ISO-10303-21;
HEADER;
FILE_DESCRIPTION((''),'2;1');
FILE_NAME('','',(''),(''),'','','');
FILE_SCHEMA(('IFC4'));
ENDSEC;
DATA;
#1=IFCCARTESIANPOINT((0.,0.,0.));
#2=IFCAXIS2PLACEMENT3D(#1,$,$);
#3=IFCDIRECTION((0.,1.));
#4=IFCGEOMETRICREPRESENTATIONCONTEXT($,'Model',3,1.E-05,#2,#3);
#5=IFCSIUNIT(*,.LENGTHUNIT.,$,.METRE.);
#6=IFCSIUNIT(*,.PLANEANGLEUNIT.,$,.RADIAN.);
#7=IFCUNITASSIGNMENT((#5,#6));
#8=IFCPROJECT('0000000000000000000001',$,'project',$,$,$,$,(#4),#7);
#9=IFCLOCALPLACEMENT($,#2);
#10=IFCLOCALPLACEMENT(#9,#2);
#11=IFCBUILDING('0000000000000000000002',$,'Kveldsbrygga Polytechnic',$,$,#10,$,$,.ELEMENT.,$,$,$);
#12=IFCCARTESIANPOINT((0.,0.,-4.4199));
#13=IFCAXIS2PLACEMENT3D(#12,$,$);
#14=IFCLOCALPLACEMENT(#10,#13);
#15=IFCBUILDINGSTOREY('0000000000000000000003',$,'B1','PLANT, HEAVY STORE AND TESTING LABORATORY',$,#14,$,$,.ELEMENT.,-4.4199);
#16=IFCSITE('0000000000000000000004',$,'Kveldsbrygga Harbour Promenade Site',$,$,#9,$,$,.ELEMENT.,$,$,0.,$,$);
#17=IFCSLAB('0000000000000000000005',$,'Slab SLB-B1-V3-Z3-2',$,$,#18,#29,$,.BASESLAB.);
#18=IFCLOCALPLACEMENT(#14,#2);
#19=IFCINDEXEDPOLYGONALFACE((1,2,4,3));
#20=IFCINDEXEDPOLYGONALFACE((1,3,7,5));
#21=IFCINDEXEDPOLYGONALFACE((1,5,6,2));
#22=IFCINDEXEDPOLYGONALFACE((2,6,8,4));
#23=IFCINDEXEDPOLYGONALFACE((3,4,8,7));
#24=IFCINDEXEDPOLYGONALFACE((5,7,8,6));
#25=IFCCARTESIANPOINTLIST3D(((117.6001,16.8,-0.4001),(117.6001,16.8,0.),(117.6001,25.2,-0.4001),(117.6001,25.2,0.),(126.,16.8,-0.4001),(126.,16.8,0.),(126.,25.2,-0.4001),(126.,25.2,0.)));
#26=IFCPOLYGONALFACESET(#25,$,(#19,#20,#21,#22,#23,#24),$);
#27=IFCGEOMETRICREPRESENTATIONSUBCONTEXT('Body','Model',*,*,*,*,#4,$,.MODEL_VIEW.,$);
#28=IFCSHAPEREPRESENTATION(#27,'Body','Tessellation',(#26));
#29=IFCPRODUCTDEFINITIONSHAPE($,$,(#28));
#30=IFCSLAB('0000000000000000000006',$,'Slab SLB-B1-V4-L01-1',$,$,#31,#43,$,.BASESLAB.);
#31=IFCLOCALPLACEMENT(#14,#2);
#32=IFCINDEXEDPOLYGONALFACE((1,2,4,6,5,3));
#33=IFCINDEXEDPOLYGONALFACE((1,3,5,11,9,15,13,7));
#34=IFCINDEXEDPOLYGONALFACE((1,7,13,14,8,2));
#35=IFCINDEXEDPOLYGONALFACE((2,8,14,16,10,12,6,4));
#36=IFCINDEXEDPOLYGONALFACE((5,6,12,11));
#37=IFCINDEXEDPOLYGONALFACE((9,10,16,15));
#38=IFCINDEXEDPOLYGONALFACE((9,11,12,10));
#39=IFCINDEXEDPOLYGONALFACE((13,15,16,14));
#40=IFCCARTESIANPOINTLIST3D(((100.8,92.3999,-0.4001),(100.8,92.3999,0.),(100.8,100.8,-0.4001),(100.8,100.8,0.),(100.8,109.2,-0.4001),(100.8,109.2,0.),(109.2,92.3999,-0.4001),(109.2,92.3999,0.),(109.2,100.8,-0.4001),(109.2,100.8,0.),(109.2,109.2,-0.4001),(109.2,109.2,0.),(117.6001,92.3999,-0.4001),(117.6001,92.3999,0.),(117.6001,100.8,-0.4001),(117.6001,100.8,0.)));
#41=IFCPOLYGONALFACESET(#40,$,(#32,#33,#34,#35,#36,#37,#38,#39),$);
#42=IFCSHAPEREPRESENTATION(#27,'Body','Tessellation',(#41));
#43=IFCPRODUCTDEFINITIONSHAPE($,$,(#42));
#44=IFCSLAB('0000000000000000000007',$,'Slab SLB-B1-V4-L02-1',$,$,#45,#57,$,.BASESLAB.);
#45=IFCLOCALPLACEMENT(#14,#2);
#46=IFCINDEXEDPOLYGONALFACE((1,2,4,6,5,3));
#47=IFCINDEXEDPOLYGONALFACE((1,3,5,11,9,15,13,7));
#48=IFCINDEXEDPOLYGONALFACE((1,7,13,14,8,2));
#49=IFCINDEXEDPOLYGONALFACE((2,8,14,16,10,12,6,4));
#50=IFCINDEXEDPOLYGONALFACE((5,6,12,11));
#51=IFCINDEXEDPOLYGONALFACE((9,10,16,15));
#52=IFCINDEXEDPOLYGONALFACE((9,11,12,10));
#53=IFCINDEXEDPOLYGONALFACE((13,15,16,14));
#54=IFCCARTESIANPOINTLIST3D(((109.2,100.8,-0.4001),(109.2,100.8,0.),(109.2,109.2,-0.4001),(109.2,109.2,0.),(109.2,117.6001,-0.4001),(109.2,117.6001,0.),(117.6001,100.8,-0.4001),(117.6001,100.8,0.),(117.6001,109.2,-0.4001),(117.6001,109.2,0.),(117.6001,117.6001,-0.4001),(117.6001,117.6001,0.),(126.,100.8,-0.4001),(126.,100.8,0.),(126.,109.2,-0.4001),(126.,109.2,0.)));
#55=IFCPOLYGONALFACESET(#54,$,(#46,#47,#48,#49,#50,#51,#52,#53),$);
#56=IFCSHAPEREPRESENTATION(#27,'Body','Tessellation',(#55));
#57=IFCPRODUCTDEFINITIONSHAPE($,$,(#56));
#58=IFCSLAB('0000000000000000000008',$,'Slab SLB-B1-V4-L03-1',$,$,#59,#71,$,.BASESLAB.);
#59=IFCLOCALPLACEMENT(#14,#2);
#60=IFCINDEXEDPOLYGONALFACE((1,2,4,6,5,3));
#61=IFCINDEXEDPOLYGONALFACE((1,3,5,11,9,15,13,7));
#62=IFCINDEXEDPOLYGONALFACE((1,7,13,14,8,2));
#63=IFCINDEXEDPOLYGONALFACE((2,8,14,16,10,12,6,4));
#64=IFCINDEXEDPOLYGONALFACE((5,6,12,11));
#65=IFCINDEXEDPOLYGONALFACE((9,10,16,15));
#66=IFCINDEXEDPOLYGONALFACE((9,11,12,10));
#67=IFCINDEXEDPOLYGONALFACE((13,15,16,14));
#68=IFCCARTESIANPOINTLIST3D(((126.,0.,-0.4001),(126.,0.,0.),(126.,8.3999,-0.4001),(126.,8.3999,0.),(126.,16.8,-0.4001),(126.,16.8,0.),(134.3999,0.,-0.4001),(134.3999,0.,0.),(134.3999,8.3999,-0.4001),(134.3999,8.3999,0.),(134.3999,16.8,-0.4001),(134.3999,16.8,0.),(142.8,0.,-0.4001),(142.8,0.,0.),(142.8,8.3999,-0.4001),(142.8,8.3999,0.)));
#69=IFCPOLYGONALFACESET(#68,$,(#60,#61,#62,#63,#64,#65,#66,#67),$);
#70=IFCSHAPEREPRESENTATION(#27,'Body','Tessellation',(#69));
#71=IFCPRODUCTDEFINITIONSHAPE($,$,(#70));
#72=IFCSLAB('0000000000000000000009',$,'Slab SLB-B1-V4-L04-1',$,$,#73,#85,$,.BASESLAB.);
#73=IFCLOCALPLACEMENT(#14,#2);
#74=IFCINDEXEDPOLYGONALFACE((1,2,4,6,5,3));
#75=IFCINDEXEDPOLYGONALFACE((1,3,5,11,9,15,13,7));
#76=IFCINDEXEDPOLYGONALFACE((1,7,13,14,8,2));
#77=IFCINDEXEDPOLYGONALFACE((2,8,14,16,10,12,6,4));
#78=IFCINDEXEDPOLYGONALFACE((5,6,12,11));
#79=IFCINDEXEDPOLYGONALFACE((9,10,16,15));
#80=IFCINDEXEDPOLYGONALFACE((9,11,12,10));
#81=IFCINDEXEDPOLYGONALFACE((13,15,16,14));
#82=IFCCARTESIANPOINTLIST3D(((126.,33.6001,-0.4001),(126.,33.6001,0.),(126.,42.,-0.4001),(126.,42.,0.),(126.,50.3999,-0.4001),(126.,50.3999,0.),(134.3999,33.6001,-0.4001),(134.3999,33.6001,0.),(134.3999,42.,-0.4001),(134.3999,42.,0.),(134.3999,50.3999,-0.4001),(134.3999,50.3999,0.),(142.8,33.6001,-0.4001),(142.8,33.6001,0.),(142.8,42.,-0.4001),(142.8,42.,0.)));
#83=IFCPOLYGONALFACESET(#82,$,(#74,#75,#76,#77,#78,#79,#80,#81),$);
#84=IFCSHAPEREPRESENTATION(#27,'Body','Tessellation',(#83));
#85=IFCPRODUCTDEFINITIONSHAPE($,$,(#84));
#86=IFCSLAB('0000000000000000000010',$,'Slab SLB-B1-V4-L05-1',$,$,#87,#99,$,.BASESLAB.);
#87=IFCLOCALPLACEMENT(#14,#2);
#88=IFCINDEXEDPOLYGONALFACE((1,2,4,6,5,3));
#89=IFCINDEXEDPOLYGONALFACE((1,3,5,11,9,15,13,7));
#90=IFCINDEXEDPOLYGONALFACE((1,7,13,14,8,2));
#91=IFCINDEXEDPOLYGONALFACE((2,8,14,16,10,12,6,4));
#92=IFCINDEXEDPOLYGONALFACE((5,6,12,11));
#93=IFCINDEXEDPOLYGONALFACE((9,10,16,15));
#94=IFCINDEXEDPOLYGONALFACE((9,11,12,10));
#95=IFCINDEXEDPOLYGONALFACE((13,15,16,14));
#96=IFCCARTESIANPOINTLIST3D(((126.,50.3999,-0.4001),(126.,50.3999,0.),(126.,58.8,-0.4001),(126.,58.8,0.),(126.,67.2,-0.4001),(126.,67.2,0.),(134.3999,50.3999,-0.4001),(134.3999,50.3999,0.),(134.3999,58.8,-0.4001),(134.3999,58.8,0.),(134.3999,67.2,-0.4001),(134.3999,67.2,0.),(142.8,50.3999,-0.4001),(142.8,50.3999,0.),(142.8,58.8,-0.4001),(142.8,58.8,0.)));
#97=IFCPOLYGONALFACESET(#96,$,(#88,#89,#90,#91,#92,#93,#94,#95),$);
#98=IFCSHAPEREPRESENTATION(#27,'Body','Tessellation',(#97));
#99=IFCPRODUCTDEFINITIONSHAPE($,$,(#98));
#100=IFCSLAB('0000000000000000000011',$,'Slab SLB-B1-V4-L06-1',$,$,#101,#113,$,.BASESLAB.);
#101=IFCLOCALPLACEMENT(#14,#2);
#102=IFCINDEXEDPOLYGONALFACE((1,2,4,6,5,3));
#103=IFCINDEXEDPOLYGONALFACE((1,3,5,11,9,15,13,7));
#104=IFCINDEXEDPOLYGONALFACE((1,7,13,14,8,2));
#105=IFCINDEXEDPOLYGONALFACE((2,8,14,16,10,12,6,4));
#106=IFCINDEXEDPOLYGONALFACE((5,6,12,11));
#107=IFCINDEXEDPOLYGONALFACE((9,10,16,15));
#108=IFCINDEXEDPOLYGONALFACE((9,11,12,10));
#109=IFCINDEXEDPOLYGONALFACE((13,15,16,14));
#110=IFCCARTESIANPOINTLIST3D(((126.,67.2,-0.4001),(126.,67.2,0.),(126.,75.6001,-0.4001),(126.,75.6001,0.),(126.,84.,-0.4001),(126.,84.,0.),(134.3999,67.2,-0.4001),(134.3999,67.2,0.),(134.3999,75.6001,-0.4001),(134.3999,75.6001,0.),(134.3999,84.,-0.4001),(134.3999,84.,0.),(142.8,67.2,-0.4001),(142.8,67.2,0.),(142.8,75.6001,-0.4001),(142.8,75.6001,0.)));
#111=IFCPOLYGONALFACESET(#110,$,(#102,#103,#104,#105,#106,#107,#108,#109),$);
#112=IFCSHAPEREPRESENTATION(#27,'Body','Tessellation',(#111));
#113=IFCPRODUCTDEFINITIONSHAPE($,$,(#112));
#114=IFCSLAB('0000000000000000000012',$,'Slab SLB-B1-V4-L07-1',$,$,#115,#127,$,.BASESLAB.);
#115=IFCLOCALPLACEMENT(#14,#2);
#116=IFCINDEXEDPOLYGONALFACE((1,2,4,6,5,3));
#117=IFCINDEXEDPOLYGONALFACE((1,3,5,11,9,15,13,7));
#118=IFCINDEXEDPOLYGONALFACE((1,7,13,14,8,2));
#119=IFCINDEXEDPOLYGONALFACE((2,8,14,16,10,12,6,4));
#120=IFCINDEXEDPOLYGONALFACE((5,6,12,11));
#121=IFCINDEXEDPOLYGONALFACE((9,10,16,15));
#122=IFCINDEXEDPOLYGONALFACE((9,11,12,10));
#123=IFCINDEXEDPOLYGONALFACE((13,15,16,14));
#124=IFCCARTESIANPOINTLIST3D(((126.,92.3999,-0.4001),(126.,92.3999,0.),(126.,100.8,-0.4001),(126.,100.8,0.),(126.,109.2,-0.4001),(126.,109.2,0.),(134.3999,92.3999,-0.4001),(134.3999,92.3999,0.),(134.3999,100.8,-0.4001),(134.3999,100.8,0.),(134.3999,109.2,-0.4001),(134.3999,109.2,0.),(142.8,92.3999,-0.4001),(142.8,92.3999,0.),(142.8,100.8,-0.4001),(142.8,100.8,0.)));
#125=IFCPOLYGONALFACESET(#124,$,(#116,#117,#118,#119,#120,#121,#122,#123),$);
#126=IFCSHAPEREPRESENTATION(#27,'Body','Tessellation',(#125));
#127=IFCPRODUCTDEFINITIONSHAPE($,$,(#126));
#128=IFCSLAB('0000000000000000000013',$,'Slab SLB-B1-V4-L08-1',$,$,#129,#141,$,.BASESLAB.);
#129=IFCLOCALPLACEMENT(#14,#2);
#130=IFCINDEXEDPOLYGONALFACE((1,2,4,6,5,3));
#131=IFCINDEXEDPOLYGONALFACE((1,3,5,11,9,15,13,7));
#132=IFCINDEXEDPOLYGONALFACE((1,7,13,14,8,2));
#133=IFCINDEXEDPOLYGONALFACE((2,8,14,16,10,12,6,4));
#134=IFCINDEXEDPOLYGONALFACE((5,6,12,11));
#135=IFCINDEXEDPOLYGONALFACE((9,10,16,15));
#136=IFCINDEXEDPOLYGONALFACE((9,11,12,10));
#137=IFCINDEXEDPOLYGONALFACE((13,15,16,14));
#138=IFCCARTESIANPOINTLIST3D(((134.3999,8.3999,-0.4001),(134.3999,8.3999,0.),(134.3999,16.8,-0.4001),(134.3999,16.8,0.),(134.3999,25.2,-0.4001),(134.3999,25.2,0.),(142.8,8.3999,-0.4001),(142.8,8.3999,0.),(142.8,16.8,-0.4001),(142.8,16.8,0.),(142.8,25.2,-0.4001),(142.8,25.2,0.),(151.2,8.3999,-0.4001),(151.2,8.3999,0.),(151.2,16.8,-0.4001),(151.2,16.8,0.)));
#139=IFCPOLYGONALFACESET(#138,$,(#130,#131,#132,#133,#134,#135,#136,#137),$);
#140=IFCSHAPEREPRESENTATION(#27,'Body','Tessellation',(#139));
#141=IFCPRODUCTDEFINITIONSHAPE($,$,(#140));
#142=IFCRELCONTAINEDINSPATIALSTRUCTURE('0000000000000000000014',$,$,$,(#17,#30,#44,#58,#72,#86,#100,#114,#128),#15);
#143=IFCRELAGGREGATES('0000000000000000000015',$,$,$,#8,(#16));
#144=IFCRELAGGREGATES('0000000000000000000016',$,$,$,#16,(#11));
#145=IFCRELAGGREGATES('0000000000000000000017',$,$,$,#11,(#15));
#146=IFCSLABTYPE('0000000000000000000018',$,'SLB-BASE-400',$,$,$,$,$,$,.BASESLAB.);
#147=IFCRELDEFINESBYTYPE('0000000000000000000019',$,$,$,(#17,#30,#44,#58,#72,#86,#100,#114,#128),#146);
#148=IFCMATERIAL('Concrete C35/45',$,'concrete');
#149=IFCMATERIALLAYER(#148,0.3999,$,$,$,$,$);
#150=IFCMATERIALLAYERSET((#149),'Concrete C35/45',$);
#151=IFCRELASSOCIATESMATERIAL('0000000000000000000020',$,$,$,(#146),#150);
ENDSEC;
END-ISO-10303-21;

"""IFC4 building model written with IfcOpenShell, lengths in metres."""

from ifc_helpers import new_model, si_unit, direction, frame, origin, place, context, subcontext, project, spatial, polyline, outline, extrude, material, layer, layer_set, type_object, element, save


model = new_model("IFC4")

# Units and contexts
model_context = context("Model", 3, precision=1e-05, world=origin(), true_north=direction((0.0, 1.0)))
body_context = subcontext(model_context, "Body", "Model", "MODEL_VIEW")
ifc_project = project(units=[si_unit("LENGTHUNIT", "METRE"), si_unit("PLANEANGLEUNIT", "RADIAN")], contexts=[model_context])

# Site, building, storey
site_placement = place(None, origin())
site = spatial("IfcSite", under=ifc_project, at=site_placement, Name="Kveldsbrygga Harbour Promenade Site", CompositionType="ELEMENT", RefElevation=0.0)
building_placement = place(site_placement, origin())
building = spatial("IfcBuilding", under=site, at=building_placement, Name="Kveldsbrygga Polytechnic", CompositionType="ELEMENT")
storey_placement = place(building_placement, frame((0.0, 0.0, -4.4199)))
storey = spatial("IfcBuildingStorey", under=building, at=storey_placement, Name="B1", Description="PLANT, HEAVY STORE AND TESTING LABORATORY", CompositionType="ELEMENT", Elevation=-4.4199)

# Slabs
ifc_material = material(Name="Concrete C35/45", Category="concrete")
ifc_layer = layer(ifc_material, 0.3999)
ifc_layer_set = layer_set([ifc_layer], Name="Concrete C35/45")
slab_type = type_object("IfcSlabType", Name="SLB-BASE-400", PredefinedType="BASESLAB", material=ifc_layer_set)
slab_1_placement = place(storey_placement, frame((0.0, 0.0, -0.4001)))
element("IfcSlab", 1, at=slab_1_placement, inside=storey, type_object=slab_type, Name="Slab SLB-B1-V3-Z3-2", PredefinedType="BASESLAB", context=body_context, shape_type="SweptSolid", body=[
    extrude(outline(polyline([(117.6001, 16.8), (117.6001, 25.2), (126.0, 25.2), (126.0, 16.8), (117.6001, 16.8)])), origin(), (0.0, 0.0, 1.0), 0.4001),
])
slab_2_placement = place(storey_placement, frame((0.0, 0.0, -0.4001)))
element("IfcSlab", 2, at=slab_2_placement, inside=storey, type_object=slab_type, Name="Slab SLB-B1-V4-L01-1", PredefinedType="BASESLAB", context=body_context, shape_type="SweptSolid", body=[
    extrude(outline(polyline([(100.8, 92.3999), (100.8, 100.8), (100.8, 109.2), (109.2, 109.2), (109.2, 100.8), (117.6001, 100.8), (117.6001, 92.3999), (109.2, 92.3999), (100.8, 92.3999)])), origin(), (0.0, 0.0, 1.0), 0.4001),
])
slab_3_placement = place(storey_placement, frame((0.0, 0.0, -0.4001)))
element("IfcSlab", 3, at=slab_3_placement, inside=storey, type_object=slab_type, Name="Slab SLB-B1-V4-L02-1", PredefinedType="BASESLAB", context=body_context, shape_type="SweptSolid", body=[
    extrude(outline(polyline([(109.2, 100.8), (109.2, 109.2), (109.2, 117.6001), (117.6001, 117.6001), (117.6001, 109.2), (126.0, 109.2), (126.0, 100.8), (117.6001, 100.8), (109.2, 100.8)])), origin(), (0.0, 0.0, 1.0), 0.4001),
])
slab_4_placement = place(storey_placement, frame((0.0, 0.0, -0.4001)))
element("IfcSlab", 4, at=slab_4_placement, inside=storey, type_object=slab_type, Name="Slab SLB-B1-V4-L03-1", PredefinedType="BASESLAB", context=body_context, shape_type="SweptSolid", body=[
    extrude(outline(polyline([(126.0, 0.0), (126.0, 8.3999), (126.0, 16.8), (134.3999, 16.8), (134.3999, 8.3999), (142.8, 8.3999), (142.8, 0.0), (134.3999, 0.0), (126.0, 0.0)])), origin(), (0.0, 0.0, 1.0), 0.4001),
])
slab_5_placement = place(storey_placement, frame((0.0, 0.0, -0.4001)))
element("IfcSlab", 5, at=slab_5_placement, inside=storey, type_object=slab_type, Name="Slab SLB-B1-V4-L04-1", PredefinedType="BASESLAB", context=body_context, shape_type="SweptSolid", body=[
    extrude(outline(polyline([(126.0, 33.6001), (126.0, 42.0), (126.0, 50.3999), (134.3999, 50.3999), (134.3999, 42.0), (142.8, 42.0), (142.8, 33.6001), (134.3999, 33.6001), (126.0, 33.6001)])), origin(), (0.0, 0.0, 1.0), 0.4001),
])
slab_6_placement = place(storey_placement, frame((0.0, 0.0, -0.4001)))
element("IfcSlab", 6, at=slab_6_placement, inside=storey, type_object=slab_type, Name="Slab SLB-B1-V4-L05-1", PredefinedType="BASESLAB", context=body_context, shape_type="SweptSolid", body=[
    extrude(outline(polyline([(126.0, 50.3999), (126.0, 58.8), (126.0, 67.2), (134.3999, 67.2), (134.3999, 58.8), (142.8, 58.8), (142.8, 50.3999), (134.3999, 50.3999), (126.0, 50.3999)])), origin(), (0.0, 0.0, 1.0), 0.4001),
])
slab_7_placement = place(storey_placement, frame((0.0, 0.0, -0.4001)))
element("IfcSlab", 7, at=slab_7_placement, inside=storey, type_object=slab_type, Name="Slab SLB-B1-V4-L06-1", PredefinedType="BASESLAB", context=body_context, shape_type="SweptSolid", body=[
    extrude(outline(polyline([(126.0, 67.2), (126.0, 75.6001), (126.0, 84.0), (134.3999, 84.0), (134.3999, 75.6001), (142.8, 75.6001), (142.8, 67.2), (134.3999, 67.2), (126.0, 67.2)])), origin(), (0.0, 0.0, 1.0), 0.4001),
])
slab_8_placement = place(storey_placement, frame((0.0, 0.0, -0.4001)))
element("IfcSlab", 8, at=slab_8_placement, inside=storey, type_object=slab_type, Name="Slab SLB-B1-V4-L07-1", PredefinedType="BASESLAB", context=body_context, shape_type="SweptSolid", body=[
    extrude(outline(polyline([(126.0, 92.3999), (126.0, 100.8), (126.0, 109.2), (134.3999, 109.2), (134.3999, 100.8), (142.8, 100.8), (142.8, 92.3999), (134.3999, 92.3999), (126.0, 92.3999)])), origin(), (0.0, 0.0, 1.0), 0.4001),
])
slab_9_placement = place(storey_placement, frame((0.0, 0.0, -0.4001)))
element("IfcSlab", 9, at=slab_9_placement, inside=storey, type_object=slab_type, Name="Slab SLB-B1-V4-L08-1", PredefinedType="BASESLAB", context=body_context, shape_type="SweptSolid", body=[
    extrude(outline(polyline([(134.3999, 8.3999), (134.3999, 16.8), (134.3999, 25.2), (142.8, 25.2), (142.8, 16.8), (151.2, 16.8), (151.2, 8.3999), (142.8, 8.3999), (134.3999, 8.3999)])), origin(), (0.0, 0.0, 1.0), 0.4001),
])

save(model, "model.ifc")
